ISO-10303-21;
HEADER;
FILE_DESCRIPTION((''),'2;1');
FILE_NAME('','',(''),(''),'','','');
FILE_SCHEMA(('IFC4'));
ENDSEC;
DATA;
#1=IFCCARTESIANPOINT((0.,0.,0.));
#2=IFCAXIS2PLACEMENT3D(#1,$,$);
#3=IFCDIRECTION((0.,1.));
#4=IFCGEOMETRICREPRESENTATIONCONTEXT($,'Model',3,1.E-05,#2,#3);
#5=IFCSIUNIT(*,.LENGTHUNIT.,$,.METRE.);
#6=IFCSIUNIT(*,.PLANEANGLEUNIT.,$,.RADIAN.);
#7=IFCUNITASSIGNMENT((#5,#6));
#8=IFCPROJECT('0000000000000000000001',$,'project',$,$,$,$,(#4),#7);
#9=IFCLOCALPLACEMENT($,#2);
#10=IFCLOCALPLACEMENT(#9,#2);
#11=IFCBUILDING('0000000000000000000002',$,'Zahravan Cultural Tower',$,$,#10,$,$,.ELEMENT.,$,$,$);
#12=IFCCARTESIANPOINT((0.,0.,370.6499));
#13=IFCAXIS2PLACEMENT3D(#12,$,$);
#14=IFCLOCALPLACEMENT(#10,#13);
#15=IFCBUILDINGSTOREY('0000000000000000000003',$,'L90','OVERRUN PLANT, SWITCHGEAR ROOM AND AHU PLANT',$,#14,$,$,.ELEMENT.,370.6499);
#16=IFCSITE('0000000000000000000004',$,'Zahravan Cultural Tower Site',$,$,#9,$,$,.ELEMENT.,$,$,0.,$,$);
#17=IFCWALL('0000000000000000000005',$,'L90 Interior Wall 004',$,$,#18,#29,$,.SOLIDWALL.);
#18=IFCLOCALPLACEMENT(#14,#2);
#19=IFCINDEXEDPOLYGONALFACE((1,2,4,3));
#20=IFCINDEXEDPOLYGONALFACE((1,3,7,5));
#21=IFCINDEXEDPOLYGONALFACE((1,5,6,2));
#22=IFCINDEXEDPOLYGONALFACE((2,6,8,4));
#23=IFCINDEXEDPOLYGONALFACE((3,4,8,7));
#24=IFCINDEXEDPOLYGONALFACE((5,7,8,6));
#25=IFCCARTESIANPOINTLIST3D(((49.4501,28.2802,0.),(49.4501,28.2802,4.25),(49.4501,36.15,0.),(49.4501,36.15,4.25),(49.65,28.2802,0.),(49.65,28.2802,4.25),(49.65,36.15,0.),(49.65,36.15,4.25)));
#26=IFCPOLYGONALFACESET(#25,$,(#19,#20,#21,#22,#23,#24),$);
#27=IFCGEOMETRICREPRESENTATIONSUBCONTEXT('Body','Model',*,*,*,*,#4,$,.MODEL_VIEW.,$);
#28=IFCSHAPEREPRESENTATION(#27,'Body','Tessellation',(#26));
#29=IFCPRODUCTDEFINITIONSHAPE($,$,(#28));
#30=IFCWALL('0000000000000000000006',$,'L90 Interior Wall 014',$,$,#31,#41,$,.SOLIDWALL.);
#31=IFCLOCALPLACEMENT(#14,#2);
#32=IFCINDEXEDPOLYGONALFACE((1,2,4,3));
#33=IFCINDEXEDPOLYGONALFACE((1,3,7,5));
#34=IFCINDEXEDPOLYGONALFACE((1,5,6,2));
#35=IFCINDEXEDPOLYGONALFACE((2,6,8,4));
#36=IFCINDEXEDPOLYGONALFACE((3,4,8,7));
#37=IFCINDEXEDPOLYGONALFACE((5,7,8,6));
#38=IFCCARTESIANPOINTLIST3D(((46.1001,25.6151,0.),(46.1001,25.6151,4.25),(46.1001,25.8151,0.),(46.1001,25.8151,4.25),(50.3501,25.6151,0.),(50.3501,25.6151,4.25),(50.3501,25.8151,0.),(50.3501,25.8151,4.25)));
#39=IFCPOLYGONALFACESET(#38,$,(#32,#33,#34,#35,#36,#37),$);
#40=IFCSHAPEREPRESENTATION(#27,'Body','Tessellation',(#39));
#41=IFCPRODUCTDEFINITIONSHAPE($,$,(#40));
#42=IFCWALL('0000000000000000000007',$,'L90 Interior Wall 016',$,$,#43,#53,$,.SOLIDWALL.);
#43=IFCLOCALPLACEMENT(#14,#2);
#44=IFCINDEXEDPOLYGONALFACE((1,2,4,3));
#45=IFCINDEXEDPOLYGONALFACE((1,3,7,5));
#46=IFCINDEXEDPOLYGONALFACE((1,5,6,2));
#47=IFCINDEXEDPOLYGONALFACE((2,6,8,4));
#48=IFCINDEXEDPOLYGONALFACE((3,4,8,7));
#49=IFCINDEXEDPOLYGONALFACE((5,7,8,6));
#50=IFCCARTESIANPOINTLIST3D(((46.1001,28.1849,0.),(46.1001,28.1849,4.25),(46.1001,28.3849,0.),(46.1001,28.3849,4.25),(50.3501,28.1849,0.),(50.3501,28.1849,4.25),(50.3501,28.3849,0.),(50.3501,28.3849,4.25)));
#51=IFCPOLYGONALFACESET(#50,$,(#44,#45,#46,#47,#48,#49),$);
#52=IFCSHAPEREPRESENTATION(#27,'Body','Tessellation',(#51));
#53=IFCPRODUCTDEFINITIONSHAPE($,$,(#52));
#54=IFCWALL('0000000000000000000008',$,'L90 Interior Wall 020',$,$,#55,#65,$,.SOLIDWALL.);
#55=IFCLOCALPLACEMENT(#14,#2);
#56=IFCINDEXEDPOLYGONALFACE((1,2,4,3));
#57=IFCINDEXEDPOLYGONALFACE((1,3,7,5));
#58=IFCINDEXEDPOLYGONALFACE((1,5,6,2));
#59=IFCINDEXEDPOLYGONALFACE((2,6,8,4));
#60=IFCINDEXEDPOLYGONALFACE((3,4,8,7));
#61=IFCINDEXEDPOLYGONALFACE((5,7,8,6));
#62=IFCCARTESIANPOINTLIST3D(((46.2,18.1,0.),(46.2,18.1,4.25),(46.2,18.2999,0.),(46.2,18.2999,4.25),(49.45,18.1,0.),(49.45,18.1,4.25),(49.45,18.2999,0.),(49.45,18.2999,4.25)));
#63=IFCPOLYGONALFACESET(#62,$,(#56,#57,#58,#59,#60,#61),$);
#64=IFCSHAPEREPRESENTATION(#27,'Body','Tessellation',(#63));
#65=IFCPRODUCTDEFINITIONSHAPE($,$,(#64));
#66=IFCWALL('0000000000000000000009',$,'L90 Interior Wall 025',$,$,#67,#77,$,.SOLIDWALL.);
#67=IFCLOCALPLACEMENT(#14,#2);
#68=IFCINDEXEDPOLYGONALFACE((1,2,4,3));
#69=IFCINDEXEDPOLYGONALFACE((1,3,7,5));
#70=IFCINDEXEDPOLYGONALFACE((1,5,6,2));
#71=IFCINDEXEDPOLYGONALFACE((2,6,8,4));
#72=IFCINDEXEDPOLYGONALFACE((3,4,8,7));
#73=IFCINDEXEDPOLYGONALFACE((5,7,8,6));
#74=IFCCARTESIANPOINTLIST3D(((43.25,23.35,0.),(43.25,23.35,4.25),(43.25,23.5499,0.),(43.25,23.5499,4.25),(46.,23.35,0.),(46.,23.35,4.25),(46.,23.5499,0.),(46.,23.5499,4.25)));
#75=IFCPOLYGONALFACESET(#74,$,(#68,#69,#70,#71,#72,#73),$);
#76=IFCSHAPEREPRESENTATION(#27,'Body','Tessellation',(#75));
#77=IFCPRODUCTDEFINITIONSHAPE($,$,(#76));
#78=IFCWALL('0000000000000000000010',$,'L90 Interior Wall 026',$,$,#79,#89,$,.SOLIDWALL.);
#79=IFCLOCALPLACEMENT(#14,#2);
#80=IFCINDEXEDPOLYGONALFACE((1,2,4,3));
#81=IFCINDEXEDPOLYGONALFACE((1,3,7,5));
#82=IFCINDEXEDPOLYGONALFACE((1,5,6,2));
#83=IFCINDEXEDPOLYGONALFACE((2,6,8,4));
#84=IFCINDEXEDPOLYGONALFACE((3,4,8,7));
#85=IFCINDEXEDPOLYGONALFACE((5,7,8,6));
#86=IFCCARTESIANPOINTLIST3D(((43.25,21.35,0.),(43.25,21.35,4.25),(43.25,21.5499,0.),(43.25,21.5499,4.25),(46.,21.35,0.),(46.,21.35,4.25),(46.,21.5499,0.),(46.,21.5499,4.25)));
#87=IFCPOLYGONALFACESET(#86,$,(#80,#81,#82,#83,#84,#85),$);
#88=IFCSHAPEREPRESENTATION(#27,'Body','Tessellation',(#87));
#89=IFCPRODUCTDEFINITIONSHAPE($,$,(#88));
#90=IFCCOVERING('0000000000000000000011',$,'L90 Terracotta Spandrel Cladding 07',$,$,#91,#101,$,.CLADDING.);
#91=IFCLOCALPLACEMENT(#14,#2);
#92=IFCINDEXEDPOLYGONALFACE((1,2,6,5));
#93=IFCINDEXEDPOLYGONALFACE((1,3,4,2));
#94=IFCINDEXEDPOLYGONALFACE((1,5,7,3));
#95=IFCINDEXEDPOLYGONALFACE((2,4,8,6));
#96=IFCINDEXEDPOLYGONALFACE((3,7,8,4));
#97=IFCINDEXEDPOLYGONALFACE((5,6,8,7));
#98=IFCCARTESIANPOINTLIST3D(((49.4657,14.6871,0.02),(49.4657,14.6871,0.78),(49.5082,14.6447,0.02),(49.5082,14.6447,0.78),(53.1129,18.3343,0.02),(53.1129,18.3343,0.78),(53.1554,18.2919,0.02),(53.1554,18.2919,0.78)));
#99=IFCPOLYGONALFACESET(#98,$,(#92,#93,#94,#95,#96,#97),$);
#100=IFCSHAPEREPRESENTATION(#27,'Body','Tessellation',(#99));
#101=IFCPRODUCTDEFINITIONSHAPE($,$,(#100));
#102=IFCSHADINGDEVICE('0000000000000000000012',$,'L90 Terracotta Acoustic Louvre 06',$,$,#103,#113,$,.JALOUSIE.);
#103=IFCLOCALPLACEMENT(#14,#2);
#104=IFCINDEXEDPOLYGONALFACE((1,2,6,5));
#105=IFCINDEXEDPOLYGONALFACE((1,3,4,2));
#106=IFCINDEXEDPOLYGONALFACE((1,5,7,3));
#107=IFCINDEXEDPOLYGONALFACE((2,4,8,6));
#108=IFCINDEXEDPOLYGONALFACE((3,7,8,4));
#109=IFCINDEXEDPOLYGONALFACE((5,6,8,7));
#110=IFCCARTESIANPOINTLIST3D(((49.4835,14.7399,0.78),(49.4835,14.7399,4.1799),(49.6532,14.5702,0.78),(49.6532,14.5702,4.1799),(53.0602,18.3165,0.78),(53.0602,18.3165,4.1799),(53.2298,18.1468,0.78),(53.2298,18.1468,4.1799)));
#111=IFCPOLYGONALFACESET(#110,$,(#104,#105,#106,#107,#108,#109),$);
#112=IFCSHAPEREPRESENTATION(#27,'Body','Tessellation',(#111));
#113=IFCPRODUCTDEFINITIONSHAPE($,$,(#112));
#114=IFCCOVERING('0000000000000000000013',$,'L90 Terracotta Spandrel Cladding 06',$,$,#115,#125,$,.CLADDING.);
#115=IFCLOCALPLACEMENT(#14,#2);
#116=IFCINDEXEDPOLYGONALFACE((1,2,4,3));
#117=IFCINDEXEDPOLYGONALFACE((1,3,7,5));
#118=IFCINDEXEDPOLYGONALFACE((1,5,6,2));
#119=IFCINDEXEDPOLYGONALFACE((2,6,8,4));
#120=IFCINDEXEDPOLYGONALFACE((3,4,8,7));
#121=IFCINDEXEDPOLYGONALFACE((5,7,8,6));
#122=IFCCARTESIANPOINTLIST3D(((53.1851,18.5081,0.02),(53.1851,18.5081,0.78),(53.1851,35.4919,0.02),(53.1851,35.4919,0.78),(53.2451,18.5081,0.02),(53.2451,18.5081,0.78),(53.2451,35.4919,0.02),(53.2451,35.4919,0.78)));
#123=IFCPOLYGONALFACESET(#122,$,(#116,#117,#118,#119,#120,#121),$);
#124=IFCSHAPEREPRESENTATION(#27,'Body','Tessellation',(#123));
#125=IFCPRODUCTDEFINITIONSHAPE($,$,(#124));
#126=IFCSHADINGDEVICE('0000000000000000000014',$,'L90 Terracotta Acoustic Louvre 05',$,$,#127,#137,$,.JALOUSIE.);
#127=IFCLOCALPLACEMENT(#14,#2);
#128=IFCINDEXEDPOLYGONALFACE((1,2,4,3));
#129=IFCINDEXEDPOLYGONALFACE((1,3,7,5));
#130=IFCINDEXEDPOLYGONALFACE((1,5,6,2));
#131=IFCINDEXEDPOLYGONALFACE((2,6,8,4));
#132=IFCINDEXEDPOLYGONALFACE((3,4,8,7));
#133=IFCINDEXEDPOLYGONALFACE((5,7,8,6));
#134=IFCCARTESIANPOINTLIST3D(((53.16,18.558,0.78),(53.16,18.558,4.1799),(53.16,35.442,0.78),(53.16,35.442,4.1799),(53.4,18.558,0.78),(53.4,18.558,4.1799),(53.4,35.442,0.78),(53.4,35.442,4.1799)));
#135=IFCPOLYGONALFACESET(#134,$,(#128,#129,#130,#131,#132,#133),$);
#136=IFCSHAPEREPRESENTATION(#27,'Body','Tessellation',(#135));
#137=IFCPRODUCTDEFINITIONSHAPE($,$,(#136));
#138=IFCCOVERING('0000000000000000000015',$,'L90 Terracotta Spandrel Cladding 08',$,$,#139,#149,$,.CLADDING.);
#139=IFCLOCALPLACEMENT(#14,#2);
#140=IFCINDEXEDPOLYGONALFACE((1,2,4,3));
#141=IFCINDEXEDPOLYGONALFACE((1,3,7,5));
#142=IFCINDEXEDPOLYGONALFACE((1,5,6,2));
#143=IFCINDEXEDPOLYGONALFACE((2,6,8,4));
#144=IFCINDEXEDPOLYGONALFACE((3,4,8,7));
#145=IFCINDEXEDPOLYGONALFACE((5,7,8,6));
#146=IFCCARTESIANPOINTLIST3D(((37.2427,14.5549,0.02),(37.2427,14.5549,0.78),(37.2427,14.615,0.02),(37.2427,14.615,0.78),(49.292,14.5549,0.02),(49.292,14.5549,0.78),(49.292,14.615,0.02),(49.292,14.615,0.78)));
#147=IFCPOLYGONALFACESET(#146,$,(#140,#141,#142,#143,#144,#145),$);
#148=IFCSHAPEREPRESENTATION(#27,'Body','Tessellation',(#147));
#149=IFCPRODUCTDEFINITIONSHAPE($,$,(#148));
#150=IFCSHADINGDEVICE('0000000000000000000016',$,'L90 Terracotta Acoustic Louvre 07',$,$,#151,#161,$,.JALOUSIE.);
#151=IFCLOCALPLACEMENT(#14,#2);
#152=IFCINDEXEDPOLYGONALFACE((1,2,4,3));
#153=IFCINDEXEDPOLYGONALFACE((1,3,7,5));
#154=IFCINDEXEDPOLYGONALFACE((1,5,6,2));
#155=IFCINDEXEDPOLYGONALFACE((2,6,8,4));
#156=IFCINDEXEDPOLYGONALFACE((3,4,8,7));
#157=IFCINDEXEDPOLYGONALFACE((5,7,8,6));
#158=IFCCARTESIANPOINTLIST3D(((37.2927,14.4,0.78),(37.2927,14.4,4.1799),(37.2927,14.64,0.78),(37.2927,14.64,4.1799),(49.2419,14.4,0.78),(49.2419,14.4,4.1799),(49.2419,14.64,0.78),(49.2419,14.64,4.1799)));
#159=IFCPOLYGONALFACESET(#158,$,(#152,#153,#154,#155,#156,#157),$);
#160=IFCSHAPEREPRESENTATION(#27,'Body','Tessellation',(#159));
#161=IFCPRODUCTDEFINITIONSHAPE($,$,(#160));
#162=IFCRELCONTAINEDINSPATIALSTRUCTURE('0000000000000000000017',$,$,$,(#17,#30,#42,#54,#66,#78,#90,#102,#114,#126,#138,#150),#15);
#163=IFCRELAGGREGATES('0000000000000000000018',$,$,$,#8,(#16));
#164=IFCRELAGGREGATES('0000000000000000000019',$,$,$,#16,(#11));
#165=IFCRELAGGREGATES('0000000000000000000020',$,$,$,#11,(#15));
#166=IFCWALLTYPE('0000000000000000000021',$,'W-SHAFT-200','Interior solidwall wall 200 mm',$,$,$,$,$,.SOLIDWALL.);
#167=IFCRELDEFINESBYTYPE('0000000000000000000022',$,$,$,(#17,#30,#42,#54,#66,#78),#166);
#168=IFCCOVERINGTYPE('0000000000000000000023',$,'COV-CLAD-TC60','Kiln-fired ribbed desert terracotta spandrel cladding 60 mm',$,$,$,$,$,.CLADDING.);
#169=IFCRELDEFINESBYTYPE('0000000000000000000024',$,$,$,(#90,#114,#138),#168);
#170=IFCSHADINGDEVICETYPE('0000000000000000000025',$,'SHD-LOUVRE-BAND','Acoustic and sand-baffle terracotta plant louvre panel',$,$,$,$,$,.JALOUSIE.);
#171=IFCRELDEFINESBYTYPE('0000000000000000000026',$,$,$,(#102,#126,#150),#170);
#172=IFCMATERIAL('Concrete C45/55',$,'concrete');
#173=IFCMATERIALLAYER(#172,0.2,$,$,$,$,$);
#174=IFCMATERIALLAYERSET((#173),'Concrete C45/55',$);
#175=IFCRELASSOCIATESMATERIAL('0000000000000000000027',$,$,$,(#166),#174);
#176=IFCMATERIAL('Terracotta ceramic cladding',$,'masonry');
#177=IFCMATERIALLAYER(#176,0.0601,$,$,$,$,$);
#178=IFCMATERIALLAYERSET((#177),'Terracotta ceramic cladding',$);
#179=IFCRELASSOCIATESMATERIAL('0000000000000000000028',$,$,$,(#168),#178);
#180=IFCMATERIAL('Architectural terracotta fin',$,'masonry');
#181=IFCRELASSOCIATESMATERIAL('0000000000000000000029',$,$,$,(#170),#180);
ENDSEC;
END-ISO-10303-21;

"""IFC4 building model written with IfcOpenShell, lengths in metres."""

from ifc_helpers import new_model, si_unit, direction, frame, frame_2d, origin, origin_2d, place, context, subcontext, project, spatial, rectangle, extrude, source, transform, mapped, material, layer, layer_set, type_object, element, save


model = new_model("IFC4")

# Units and contexts
model_context = context("Model", 3, precision=1e-05, world=origin(), true_north=direction((0.0, 1.0)))
body_context = subcontext(model_context, "Body", "Model", "MODEL_VIEW")
ifc_project = project(units=[si_unit("LENGTHUNIT", "METRE"), si_unit("PLANEANGLEUNIT", "RADIAN")], contexts=[model_context])

# Site, building, storey
site_placement = place(None, origin())
site = spatial("IfcSite", under=ifc_project, at=site_placement, Name="Zahravan Cultural Tower Site", CompositionType="ELEMENT", RefElevation=0.0)
building_placement = place(site_placement, origin())
building = spatial("IfcBuilding", under=site, at=building_placement, Name="Zahravan Cultural Tower", CompositionType="ELEMENT")
storey_placement = place(building_placement, frame((0.0, 0.0, 370.6499)))
storey = spatial("IfcBuildingStorey", under=building, at=storey_placement, Name="L90", Description="OVERRUN PLANT, SWITCHGEAR ROOM AND AHU PLANT", CompositionType="ELEMENT", Elevation=370.6499)

# Shared definitions
ifc_material_1 = material(Name="Concrete C45/55", Category="concrete")

# Shared definitions
ifc_layer_1 = layer(ifc_material_1, 0.2)
ifc_layer_set_1 = layer_set([ifc_layer_1], Name="Concrete C45/55")
wall_type_1 = type_object("IfcWallType", Name="W-SHAFT-200", Description="Interior solidwall wall 200 mm", PredefinedType="SOLIDWALL", material=ifc_layer_set_1)

# Walls
shared_shape_1 = source(origin(), body_context, "Body", "SweptSolid", [
    extrude(rectangle(XDim=7.8699, YDim=0.2, at=frame_2d((3.9351, 0.0))), origin(), (0.0, 0.0, 1.0), 4.25),
])
for number, where, z_axis, x_axis, name in (
    (1, (49.55, 28.28, 0.0), (0.0, 0.0, 1.0), (0.0, 1.0, 0.0), "L90 Interior Wall 004"),
):
    element("IfcWall", number, at=place(storey_placement, frame(where, z_axis=z_axis, x_axis=x_axis)), inside=storey, type_object=wall_type_1, Name=name, PredefinedType="SOLIDWALL", context=body_context, shape_type="MappedRepresentation", body=[
        mapped(shared_shape_1, transform((0.0, 0.0, 0.0), x_axis=(1.0, 0.0, 0.0), y_axis=(0.0, 1.0, 0.0), z_axis=(0.0, 0.0, 1.0), scale=1.0)),
    ])
shared_shape_2 = source(origin(), body_context, "Body", "SweptSolid", [
    extrude(rectangle(XDim=4.25, YDim=0.2, at=frame_2d((2.125, 0.0))), origin(), (0.0, 0.0, 1.0), 4.25),
])
for number, where, z_axis, x_axis, name in (
    (2, (46.1001, 25.7151, 0.0), (0.0, 0.0, 1.0), (1.0, 0.0, 0.0), "L90 Interior Wall 014"),
    (3, (46.1001, 28.2849, 0.0), (0.0, 0.0, 1.0), (1.0, 0.0, 0.0), "L90 Interior Wall 016"),
):
    element("IfcWall", number, at=place(storey_placement, frame(where, z_axis=z_axis, x_axis=x_axis)), inside=storey, type_object=wall_type_1, Name=name, PredefinedType="SOLIDWALL", context=body_context, shape_type="MappedRepresentation", body=[
        mapped(shared_shape_2, transform((0.0, 0.0, 0.0), x_axis=(1.0, 0.0, 0.0), y_axis=(0.0, 1.0, 0.0), z_axis=(0.0, 0.0, 1.0), scale=1.0)),
    ])
shared_shape_3 = source(origin(), body_context, "Body", "SweptSolid", [
    extrude(rectangle(XDim=3.25, YDim=0.2, at=frame_2d((1.625, 0.0))), origin(), (0.0, 0.0, 1.0), 4.25),
])
wall_1_placement = place(storey_placement, frame((46.2, 18.2, 0.0), z_axis=(0.0, 0.0, 1.0), x_axis=(1.0, 0.0, 0.0)))
element("IfcWall", 4, at=wall_1_placement, inside=storey, type_object=wall_type_1, Name="L90 Interior Wall 020", PredefinedType="SOLIDWALL", context=body_context, shape_type="MappedRepresentation", body=[
    mapped(shared_shape_3, transform((0.0, 0.0, 0.0), x_axis=(1.0, 0.0, 0.0), y_axis=(0.0, 1.0, 0.0), z_axis=(0.0, 0.0, 1.0), scale=1.0)),
])
shared_shape_4 = source(origin(), body_context, "Body", "SweptSolid", [
    extrude(rectangle(XDim=2.75, YDim=0.2, at=frame_2d((1.375, 0.0))), origin(), (0.0, 0.0, 1.0), 4.25),
])
for number, where, z_axis, x_axis, name in (
    (5, (43.25, 23.45, 0.0), (0.0, 0.0, 1.0), (1.0, 0.0, 0.0), "L90 Interior Wall 025"),
    (6, (43.25, 21.45, 0.0), (0.0, 0.0, 1.0), (1.0, 0.0, 0.0), "L90 Interior Wall 026"),
):
    element("IfcWall", number, at=place(storey_placement, frame(where, z_axis=z_axis, x_axis=x_axis)), inside=storey, type_object=wall_type_1, Name=name, PredefinedType="SOLIDWALL", context=body_context, shape_type="MappedRepresentation", body=[
        mapped(shared_shape_4, transform((0.0, 0.0, 0.0), x_axis=(1.0, 0.0, 0.0), y_axis=(0.0, 1.0, 0.0), z_axis=(0.0, 0.0, 1.0), scale=1.0)),
    ])

# Covering
ifc_material_2 = material(Name="Terracotta ceramic cladding", Category="masonry")
ifc_layer_2 = layer(ifc_material_2, 0.0601)
ifc_layer_set_2 = layer_set([ifc_layer_2], Name="Terracotta ceramic cladding")
covering_type = type_object("IfcCoveringType", Name="COV-CLAD-TC60", Description="Kiln-fired ribbed desert terracotta spandrel cladding 60 mm", PredefinedType="CLADDING", material=ifc_layer_set_2)
shared_shape_5 = source(origin(), body_context, "Body", "SweptSolid", [
    extrude(rectangle(XDim=5.158, YDim=0.0601, at=origin_2d()), origin(), (0.0, 0.0, 1.0), 0.76),
])
covering_1_placement = place(storey_placement, frame((51.3105, 16.4895, 0.02), z_axis=(0.0, 0.0, 1.0), x_axis=(-0.707107, -0.707107, 0.0)))
element("IfcCovering", 7, at=covering_1_placement, inside=storey, type_object=covering_type, Name="L90 Terracotta Spandrel Cladding 07", PredefinedType="CLADDING", context=body_context, shape_type="MappedRepresentation", body=[
    mapped(shared_shape_5, transform((0.0, 0.0, 0.0), x_axis=(1.0, 0.0, 0.0), y_axis=(0.0, 1.0, 0.0), z_axis=(0.0, 0.0, 1.0), scale=1.0)),
])

# Shading device
ifc_material_3 = material(Name="Architectural terracotta fin", Category="masonry")
shading_device_type = type_object("IfcShadingDeviceType", Name="SHD-LOUVRE-BAND", Description="Acoustic and sand-baffle terracotta plant louvre panel", PredefinedType="JALOUSIE", material=ifc_material_3)
shared_shape_6 = source(origin(), body_context, "Body", "SweptSolid", [
    extrude(rectangle(XDim=5.0581, YDim=0.24, at=origin_2d()), origin(), (0.0, 0.0, 1.0), 3.3999),
])
shading_device_1_placement = place(storey_placement, frame((51.3567, 16.4434, 0.78), z_axis=(0.0, 0.0, 1.0), x_axis=(-0.707107, -0.707107, 0.0)))
element("IfcShadingDevice", 8, at=shading_device_1_placement, inside=storey, type_object=shading_device_type, Name="L90 Terracotta Acoustic Louvre 06", PredefinedType="JALOUSIE", context=body_context, shape_type="MappedRepresentation", body=[
    mapped(shared_shape_6, transform((0.0, 0.0, 0.0), x_axis=(1.0, 0.0, 0.0), y_axis=(0.0, 1.0, 0.0), z_axis=(0.0, 0.0, 1.0), scale=1.0)),
])

# Covering
shared_shape_7 = source(origin(), body_context, "Body", "SweptSolid", [
    extrude(rectangle(XDim=16.9839, YDim=0.0601, at=origin_2d()), origin(), (0.0, 0.0, 1.0), 0.76),
])
covering_2_placement = place(storey_placement, frame((53.2151, 27.0, 0.02), z_axis=(0.0, 0.0, 1.0), x_axis=(0.0, -1.0, 0.0)))
element("IfcCovering", 9, at=covering_2_placement, inside=storey, type_object=covering_type, Name="L90 Terracotta Spandrel Cladding 06", PredefinedType="CLADDING", context=body_context, shape_type="MappedRepresentation", body=[
    mapped(shared_shape_7, transform((0.0, 0.0, 0.0), x_axis=(1.0, 0.0, 0.0), y_axis=(0.0, 1.0, 0.0), z_axis=(0.0, 0.0, 1.0), scale=1.0)),
])

# Shading device
shared_shape_8 = source(origin(), body_context, "Body", "SweptSolid", [
    extrude(rectangle(XDim=16.884, YDim=0.24, at=origin_2d()), origin(), (0.0, 0.0, 1.0), 3.3999),
])
shading_device_2_placement = place(storey_placement, frame((53.28, 27.0, 0.78), z_axis=(0.0, 0.0, 1.0), x_axis=(0.0, -1.0, 0.0)))
element("IfcShadingDevice", 10, at=shading_device_2_placement, inside=storey, type_object=shading_device_type, Name="L90 Terracotta Acoustic Louvre 05", PredefinedType="JALOUSIE", context=body_context, shape_type="MappedRepresentation", body=[
    mapped(shared_shape_8, transform((0.0, 0.0, 0.0), x_axis=(1.0, 0.0, 0.0), y_axis=(0.0, 1.0, 0.0), z_axis=(0.0, 0.0, 1.0), scale=1.0)),
])

# Covering
shared_shape_9 = source(origin(), body_context, "Body", "SweptSolid", [
    extrude(rectangle(XDim=12.0493, YDim=0.0601, at=origin_2d()), origin(), (0.0, 0.0, 1.0), 0.76),
])
covering_3_placement = place(storey_placement, frame((43.2673, 14.585, 0.02), z_axis=(0.0, 0.0, 1.0), x_axis=(-1.0, 0.0, 0.0)))
element("IfcCovering", 11, at=covering_3_placement, inside=storey, type_object=covering_type, Name="L90 Terracotta Spandrel Cladding 08", PredefinedType="CLADDING", context=body_context, shape_type="MappedRepresentation", body=[
    mapped(shared_shape_9, transform((0.0, 0.0, 0.0), x_axis=(1.0, 0.0, 0.0), y_axis=(0.0, 1.0, 0.0), z_axis=(0.0, 0.0, 1.0), scale=1.0)),
])

# Shading device
shared_shape_10 = source(origin(), body_context, "Body", "SweptSolid", [
    extrude(rectangle(XDim=11.9492, YDim=0.24, at=origin_2d()), origin(), (0.0, 0.0, 1.0), 3.3999),
])
shading_device_3_placement = place(storey_placement, frame((43.2673, 14.52, 0.78), z_axis=(0.0, 0.0, 1.0), x_axis=(-1.0, 0.0, 0.0)))
element("IfcShadingDevice", 12, at=shading_device_3_placement, inside=storey, type_object=shading_device_type, Name="L90 Terracotta Acoustic Louvre 07", PredefinedType="JALOUSIE", context=body_context, shape_type="MappedRepresentation", body=[
    mapped(shared_shape_10, transform((0.0, 0.0, 0.0), x_axis=(1.0, 0.0, 0.0), y_axis=(0.0, 1.0, 0.0), z_axis=(0.0, 0.0, 1.0), scale=1.0)),
])

save(model, "model.ifc")
